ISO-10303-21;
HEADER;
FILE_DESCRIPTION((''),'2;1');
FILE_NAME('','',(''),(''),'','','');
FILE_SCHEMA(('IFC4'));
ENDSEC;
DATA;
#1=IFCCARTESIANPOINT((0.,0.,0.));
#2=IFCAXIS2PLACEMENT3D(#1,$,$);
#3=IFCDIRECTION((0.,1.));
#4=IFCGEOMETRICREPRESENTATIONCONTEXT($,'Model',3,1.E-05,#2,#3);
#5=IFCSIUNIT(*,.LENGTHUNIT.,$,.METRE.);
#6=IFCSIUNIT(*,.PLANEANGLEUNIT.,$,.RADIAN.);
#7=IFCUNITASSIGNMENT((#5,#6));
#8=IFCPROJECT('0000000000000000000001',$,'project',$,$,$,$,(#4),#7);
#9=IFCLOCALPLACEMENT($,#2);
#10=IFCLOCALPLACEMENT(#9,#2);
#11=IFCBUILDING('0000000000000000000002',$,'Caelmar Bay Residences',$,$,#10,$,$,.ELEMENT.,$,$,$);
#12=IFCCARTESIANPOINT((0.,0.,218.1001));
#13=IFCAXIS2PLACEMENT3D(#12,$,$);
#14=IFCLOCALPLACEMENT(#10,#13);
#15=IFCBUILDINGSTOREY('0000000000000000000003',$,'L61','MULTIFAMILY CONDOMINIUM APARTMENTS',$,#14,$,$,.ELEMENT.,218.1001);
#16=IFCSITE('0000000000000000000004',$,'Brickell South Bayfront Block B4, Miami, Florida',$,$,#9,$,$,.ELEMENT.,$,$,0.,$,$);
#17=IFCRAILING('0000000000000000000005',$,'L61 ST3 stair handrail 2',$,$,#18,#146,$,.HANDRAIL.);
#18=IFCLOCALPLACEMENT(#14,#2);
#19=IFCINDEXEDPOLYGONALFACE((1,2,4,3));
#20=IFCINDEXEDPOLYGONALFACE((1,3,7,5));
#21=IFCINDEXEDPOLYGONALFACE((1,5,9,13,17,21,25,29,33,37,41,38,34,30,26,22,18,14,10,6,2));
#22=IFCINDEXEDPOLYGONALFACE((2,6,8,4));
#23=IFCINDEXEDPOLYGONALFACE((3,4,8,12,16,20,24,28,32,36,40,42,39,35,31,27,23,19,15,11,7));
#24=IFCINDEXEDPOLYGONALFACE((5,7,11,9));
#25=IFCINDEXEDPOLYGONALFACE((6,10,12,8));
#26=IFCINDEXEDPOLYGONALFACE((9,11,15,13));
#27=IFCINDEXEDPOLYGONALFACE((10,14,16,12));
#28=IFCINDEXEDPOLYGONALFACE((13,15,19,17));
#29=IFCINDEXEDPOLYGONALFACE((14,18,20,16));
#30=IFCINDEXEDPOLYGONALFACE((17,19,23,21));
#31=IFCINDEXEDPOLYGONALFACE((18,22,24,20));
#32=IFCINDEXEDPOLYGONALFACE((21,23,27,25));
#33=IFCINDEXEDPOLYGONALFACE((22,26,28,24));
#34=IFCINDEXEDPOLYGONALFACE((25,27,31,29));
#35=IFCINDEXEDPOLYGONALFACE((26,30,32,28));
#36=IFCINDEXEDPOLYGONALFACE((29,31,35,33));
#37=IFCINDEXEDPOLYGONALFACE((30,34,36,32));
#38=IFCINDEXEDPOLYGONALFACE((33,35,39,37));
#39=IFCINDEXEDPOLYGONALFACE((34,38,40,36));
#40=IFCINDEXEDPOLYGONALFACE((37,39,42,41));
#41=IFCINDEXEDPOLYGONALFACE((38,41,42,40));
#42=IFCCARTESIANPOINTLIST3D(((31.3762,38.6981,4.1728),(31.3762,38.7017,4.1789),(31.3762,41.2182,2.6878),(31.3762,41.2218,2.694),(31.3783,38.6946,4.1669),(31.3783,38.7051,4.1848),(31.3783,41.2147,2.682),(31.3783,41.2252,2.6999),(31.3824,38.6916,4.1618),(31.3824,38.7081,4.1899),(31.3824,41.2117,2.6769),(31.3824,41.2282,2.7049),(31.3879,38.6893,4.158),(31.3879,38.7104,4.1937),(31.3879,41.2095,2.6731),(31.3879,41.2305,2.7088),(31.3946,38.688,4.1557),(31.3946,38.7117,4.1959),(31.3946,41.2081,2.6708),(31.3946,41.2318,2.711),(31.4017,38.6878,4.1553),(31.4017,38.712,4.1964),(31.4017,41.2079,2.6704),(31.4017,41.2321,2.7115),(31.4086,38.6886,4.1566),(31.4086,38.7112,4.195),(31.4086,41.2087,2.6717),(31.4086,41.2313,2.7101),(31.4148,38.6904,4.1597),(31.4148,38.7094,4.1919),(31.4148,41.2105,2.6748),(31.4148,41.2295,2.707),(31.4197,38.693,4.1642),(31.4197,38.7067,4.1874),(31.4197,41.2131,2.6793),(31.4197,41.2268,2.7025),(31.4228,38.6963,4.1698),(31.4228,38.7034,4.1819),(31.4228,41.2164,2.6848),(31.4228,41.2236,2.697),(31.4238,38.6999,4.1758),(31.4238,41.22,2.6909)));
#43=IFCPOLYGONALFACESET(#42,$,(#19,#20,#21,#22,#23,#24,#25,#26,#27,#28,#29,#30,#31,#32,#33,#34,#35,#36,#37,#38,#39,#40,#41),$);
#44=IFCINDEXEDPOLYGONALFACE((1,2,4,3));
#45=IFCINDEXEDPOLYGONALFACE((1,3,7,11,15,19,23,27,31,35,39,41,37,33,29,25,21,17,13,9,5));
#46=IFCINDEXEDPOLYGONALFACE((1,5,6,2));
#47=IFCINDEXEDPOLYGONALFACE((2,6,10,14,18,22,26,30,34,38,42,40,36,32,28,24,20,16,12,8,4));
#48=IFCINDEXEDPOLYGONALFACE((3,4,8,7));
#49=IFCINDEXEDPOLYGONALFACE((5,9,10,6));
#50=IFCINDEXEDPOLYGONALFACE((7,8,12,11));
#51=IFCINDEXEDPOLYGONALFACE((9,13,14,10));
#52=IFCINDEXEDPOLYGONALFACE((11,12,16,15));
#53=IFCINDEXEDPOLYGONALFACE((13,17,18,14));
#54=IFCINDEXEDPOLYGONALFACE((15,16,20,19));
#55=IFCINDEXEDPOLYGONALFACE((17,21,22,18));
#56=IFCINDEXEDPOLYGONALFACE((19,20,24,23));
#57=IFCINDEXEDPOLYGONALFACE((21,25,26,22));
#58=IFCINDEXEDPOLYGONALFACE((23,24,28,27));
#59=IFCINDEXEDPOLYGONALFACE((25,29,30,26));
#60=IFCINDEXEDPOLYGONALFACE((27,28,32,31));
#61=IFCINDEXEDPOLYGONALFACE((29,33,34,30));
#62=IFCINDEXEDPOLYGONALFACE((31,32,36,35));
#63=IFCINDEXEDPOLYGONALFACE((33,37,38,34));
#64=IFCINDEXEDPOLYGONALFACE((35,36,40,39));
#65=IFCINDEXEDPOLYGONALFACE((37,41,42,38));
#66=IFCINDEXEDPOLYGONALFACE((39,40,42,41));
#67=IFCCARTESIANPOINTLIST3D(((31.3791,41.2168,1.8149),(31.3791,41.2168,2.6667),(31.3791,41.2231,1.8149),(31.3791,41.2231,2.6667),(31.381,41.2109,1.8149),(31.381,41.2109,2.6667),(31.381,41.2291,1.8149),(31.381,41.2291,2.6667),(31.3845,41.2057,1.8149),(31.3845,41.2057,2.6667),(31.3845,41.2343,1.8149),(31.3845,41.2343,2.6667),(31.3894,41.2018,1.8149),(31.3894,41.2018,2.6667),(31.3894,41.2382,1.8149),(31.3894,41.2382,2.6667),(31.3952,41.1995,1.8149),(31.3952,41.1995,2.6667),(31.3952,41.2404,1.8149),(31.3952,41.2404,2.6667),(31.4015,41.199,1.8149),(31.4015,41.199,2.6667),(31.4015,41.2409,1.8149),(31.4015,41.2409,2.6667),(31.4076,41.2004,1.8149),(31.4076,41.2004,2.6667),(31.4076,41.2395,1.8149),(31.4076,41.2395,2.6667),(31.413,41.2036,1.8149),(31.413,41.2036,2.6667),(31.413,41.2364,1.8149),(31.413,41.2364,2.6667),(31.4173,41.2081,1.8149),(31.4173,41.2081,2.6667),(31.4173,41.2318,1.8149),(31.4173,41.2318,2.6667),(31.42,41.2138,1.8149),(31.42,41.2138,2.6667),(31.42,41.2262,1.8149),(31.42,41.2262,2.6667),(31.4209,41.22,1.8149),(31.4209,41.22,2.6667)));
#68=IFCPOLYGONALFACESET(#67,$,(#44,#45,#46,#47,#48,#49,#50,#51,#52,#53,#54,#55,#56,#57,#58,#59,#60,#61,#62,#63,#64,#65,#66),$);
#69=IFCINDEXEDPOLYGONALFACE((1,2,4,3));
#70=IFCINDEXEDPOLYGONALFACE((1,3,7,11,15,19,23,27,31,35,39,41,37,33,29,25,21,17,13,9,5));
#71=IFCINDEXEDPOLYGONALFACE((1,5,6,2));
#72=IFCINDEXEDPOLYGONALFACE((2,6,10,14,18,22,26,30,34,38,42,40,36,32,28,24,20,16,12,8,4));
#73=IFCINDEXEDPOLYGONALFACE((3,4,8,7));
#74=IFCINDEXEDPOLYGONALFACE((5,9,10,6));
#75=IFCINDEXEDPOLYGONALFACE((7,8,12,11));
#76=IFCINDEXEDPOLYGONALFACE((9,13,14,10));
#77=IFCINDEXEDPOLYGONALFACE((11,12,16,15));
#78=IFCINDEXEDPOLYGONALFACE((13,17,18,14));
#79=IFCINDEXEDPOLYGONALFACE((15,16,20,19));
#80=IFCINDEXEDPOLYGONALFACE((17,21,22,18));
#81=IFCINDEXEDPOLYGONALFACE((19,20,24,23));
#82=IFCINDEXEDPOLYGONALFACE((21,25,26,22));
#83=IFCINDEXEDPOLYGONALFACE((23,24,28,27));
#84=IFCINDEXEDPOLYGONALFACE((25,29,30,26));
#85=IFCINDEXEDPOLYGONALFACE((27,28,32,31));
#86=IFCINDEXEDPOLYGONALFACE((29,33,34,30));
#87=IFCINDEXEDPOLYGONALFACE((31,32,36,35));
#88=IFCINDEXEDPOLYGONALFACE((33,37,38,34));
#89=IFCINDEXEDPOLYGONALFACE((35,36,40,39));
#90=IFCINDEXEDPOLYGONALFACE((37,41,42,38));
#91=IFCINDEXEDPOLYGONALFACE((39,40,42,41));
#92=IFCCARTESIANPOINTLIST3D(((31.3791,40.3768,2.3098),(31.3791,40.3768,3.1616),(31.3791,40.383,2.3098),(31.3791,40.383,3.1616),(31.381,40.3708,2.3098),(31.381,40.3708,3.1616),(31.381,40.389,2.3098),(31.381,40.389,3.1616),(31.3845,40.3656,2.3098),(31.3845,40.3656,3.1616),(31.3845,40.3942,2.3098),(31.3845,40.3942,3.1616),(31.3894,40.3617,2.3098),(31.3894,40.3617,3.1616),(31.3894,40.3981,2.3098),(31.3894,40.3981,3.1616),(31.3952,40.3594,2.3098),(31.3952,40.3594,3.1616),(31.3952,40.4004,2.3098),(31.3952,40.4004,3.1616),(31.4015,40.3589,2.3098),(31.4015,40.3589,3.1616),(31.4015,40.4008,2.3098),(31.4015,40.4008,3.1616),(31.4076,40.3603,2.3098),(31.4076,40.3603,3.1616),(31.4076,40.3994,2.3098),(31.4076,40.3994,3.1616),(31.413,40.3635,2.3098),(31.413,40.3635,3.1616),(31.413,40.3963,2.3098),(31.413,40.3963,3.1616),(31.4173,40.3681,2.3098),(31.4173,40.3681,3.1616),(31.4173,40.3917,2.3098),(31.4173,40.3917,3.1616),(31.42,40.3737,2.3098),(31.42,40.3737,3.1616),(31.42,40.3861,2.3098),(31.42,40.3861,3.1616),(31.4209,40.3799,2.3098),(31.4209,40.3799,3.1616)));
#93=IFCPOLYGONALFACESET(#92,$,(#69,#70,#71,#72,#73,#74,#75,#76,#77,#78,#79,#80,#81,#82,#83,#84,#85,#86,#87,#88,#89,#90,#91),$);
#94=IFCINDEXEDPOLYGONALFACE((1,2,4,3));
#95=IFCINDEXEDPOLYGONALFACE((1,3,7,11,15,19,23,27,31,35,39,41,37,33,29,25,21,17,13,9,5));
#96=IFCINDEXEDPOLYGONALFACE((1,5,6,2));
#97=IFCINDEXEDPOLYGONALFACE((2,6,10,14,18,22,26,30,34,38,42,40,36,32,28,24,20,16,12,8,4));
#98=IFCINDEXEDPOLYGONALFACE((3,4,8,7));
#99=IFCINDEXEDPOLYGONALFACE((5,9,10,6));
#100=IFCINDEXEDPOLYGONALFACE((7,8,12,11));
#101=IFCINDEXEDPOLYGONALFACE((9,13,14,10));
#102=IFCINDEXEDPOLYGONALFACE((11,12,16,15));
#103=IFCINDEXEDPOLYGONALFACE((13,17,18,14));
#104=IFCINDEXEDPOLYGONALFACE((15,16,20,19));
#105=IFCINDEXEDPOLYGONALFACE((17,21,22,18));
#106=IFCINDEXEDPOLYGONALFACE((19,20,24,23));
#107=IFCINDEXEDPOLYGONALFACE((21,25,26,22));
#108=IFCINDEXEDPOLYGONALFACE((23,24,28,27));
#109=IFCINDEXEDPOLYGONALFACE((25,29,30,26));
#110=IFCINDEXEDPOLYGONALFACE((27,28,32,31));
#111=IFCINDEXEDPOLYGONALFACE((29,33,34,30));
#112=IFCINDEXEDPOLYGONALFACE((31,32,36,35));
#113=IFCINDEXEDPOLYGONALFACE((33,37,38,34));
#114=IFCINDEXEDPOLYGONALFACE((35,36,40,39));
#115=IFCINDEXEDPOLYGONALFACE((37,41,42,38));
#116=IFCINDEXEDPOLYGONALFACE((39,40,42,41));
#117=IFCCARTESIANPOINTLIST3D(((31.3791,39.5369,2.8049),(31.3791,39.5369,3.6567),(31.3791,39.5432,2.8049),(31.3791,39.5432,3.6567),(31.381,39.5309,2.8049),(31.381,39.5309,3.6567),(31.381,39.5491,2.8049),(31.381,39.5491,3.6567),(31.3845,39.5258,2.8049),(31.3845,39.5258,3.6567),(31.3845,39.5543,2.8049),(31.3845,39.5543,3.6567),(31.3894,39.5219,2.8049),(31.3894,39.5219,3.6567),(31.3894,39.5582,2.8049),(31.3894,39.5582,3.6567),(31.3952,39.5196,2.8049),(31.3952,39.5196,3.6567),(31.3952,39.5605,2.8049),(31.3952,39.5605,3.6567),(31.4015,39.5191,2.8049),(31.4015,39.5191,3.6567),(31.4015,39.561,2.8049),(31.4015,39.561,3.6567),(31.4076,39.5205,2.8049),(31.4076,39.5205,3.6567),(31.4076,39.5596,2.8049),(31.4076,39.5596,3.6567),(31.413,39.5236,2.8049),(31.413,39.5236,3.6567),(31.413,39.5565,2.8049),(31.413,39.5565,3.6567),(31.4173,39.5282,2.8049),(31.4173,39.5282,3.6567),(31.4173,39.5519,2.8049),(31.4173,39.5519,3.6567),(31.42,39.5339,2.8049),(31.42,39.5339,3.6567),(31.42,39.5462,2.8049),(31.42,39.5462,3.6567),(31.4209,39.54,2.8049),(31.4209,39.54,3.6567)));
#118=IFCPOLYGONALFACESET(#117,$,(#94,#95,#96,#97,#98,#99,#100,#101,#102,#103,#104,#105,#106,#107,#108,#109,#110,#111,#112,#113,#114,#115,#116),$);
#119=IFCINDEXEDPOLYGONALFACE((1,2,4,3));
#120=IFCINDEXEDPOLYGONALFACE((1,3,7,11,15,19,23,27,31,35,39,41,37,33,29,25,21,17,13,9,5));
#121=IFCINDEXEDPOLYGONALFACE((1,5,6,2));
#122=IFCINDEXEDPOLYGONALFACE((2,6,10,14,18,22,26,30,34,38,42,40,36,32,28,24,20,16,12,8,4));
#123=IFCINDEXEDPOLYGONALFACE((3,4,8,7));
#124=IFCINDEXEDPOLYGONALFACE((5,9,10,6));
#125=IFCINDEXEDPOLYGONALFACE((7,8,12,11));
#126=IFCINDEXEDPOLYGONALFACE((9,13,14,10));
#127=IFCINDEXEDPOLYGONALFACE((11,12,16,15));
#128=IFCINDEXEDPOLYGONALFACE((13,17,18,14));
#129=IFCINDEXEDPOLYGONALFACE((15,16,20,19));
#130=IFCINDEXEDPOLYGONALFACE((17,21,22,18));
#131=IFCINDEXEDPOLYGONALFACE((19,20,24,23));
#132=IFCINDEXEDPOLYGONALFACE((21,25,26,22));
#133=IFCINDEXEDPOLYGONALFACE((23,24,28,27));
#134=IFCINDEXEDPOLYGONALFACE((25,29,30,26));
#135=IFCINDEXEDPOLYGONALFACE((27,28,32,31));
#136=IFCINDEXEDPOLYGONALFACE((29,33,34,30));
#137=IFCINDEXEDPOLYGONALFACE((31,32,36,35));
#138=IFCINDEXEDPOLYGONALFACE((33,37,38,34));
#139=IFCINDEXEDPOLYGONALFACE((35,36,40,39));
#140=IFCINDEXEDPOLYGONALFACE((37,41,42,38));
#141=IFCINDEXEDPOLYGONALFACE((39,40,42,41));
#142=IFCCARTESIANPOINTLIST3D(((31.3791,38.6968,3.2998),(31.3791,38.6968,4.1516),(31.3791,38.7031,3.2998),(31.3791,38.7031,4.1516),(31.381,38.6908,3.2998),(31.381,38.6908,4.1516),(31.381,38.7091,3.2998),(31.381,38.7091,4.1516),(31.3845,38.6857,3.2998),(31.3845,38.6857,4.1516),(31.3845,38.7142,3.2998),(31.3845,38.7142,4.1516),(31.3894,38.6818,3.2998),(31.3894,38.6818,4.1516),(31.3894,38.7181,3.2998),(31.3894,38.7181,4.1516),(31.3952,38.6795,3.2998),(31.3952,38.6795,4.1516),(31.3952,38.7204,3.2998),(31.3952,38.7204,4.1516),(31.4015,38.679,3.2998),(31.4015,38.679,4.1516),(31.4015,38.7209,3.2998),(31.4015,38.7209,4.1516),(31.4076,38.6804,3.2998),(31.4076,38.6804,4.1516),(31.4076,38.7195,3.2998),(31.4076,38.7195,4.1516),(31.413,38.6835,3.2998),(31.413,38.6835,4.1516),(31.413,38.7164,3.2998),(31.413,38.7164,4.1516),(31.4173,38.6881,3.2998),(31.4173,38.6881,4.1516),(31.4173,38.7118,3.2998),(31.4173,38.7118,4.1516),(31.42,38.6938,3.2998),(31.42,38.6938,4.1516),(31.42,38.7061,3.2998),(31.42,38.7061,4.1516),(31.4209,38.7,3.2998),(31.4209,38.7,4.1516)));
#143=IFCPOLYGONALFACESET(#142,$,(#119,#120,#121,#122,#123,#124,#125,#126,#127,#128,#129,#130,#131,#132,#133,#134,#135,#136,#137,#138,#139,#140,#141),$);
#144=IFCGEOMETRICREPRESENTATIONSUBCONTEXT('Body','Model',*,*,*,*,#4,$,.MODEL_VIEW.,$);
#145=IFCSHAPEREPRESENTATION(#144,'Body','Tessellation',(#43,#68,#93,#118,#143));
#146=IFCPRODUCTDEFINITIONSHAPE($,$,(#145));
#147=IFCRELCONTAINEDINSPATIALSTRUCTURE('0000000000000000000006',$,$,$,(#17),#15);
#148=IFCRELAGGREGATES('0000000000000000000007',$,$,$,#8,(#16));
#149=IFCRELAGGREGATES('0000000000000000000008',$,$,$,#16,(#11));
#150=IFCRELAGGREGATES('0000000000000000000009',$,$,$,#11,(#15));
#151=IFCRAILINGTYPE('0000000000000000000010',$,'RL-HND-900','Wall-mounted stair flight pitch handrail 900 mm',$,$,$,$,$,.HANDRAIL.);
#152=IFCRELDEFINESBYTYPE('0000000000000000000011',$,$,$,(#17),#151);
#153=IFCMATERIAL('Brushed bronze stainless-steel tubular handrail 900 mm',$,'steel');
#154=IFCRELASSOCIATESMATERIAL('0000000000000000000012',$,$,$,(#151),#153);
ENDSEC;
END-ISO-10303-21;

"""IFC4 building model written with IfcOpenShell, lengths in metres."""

from ifc_helpers import new_model, si_unit, direction, frame, origin, origin_2d, place, context, subcontext, project, spatial, circle, extrude, material, type_object, element, save


model = new_model("IFC4")

# Units and contexts
model_context = context("Model", 3, precision=1e-05, world=origin(), true_north=direction((0.0, 1.0)))
body_context = subcontext(model_context, "Body", "Model", "MODEL_VIEW")
ifc_project = project(units=[si_unit("LENGTHUNIT", "METRE"), si_unit("PLANEANGLEUNIT", "RADIAN")], contexts=[model_context])

# Site, building, storey
site_placement = place(None, origin())
site = spatial("IfcSite", under=ifc_project, at=site_placement, Name="Brickell South Bayfront Block B4, Miami, Florida", CompositionType="ELEMENT", RefElevation=0.0)
building_placement = place(site_placement, origin())
building = spatial("IfcBuilding", under=site, at=building_placement, Name="Caelmar Bay Residences", CompositionType="ELEMENT")
storey_placement = place(building_placement, frame((0.0, 0.0, 218.1001)))
storey = spatial("IfcBuildingStorey", under=building, at=storey_placement, Name="L61", Description="MULTIFAMILY CONDOMINIUM APARTMENTS", CompositionType="ELEMENT", Elevation=218.1001)

# Railing
ifc_material_1 = material(Name="Brushed bronze stainless-steel tubular handrail 900 mm", Category="steel")
railing_type_1 = type_object("IfcRailingType", Name="RL-HND-900", Description="Wall-mounted stair flight pitch handrail 900 mm", PredefinedType="HANDRAIL", material=ifc_material_1)
railing_1_placement = place(storey_placement, frame((31.3999, 41.22, 1.8149)))
element("IfcRailing", 1, at=railing_1_placement, inside=storey, type_object=railing_type_1, Name="L61 ST3 stair handrail 2", PredefinedType="HANDRAIL", context=body_context, shape_type="SweptSolid", body=[
    extrude(circle(Radius=0.0239, at=origin_2d()), frame((0.0, 0.0, 0.876), z_axis=(0.0, -0.861561, 0.507655), x_axis=(1.0, 0.0, 0.0)), (0.0, 0.0, 1.0), 2.925),
    extrude(circle(Radius=0.021, at=origin_2d()), origin(), (0.0, 0.0, 1.0), 0.8518),
    extrude(circle(Radius=0.021, at=origin_2d()), frame((0.0, -0.8401, 0.4949)), (0.0, 0.0, 1.0), 0.8518),
    extrude(circle(Radius=0.021, at=origin_2d()), frame((0.0, -1.6799, 0.99)), (0.0, 0.0, 1.0), 0.8518),
    extrude(circle(Radius=0.021, at=origin_2d()), frame((0.0, -2.52, 1.4849)), (0.0, 0.0, 1.0), 0.8518),
])

save(model, "model.ifc")
